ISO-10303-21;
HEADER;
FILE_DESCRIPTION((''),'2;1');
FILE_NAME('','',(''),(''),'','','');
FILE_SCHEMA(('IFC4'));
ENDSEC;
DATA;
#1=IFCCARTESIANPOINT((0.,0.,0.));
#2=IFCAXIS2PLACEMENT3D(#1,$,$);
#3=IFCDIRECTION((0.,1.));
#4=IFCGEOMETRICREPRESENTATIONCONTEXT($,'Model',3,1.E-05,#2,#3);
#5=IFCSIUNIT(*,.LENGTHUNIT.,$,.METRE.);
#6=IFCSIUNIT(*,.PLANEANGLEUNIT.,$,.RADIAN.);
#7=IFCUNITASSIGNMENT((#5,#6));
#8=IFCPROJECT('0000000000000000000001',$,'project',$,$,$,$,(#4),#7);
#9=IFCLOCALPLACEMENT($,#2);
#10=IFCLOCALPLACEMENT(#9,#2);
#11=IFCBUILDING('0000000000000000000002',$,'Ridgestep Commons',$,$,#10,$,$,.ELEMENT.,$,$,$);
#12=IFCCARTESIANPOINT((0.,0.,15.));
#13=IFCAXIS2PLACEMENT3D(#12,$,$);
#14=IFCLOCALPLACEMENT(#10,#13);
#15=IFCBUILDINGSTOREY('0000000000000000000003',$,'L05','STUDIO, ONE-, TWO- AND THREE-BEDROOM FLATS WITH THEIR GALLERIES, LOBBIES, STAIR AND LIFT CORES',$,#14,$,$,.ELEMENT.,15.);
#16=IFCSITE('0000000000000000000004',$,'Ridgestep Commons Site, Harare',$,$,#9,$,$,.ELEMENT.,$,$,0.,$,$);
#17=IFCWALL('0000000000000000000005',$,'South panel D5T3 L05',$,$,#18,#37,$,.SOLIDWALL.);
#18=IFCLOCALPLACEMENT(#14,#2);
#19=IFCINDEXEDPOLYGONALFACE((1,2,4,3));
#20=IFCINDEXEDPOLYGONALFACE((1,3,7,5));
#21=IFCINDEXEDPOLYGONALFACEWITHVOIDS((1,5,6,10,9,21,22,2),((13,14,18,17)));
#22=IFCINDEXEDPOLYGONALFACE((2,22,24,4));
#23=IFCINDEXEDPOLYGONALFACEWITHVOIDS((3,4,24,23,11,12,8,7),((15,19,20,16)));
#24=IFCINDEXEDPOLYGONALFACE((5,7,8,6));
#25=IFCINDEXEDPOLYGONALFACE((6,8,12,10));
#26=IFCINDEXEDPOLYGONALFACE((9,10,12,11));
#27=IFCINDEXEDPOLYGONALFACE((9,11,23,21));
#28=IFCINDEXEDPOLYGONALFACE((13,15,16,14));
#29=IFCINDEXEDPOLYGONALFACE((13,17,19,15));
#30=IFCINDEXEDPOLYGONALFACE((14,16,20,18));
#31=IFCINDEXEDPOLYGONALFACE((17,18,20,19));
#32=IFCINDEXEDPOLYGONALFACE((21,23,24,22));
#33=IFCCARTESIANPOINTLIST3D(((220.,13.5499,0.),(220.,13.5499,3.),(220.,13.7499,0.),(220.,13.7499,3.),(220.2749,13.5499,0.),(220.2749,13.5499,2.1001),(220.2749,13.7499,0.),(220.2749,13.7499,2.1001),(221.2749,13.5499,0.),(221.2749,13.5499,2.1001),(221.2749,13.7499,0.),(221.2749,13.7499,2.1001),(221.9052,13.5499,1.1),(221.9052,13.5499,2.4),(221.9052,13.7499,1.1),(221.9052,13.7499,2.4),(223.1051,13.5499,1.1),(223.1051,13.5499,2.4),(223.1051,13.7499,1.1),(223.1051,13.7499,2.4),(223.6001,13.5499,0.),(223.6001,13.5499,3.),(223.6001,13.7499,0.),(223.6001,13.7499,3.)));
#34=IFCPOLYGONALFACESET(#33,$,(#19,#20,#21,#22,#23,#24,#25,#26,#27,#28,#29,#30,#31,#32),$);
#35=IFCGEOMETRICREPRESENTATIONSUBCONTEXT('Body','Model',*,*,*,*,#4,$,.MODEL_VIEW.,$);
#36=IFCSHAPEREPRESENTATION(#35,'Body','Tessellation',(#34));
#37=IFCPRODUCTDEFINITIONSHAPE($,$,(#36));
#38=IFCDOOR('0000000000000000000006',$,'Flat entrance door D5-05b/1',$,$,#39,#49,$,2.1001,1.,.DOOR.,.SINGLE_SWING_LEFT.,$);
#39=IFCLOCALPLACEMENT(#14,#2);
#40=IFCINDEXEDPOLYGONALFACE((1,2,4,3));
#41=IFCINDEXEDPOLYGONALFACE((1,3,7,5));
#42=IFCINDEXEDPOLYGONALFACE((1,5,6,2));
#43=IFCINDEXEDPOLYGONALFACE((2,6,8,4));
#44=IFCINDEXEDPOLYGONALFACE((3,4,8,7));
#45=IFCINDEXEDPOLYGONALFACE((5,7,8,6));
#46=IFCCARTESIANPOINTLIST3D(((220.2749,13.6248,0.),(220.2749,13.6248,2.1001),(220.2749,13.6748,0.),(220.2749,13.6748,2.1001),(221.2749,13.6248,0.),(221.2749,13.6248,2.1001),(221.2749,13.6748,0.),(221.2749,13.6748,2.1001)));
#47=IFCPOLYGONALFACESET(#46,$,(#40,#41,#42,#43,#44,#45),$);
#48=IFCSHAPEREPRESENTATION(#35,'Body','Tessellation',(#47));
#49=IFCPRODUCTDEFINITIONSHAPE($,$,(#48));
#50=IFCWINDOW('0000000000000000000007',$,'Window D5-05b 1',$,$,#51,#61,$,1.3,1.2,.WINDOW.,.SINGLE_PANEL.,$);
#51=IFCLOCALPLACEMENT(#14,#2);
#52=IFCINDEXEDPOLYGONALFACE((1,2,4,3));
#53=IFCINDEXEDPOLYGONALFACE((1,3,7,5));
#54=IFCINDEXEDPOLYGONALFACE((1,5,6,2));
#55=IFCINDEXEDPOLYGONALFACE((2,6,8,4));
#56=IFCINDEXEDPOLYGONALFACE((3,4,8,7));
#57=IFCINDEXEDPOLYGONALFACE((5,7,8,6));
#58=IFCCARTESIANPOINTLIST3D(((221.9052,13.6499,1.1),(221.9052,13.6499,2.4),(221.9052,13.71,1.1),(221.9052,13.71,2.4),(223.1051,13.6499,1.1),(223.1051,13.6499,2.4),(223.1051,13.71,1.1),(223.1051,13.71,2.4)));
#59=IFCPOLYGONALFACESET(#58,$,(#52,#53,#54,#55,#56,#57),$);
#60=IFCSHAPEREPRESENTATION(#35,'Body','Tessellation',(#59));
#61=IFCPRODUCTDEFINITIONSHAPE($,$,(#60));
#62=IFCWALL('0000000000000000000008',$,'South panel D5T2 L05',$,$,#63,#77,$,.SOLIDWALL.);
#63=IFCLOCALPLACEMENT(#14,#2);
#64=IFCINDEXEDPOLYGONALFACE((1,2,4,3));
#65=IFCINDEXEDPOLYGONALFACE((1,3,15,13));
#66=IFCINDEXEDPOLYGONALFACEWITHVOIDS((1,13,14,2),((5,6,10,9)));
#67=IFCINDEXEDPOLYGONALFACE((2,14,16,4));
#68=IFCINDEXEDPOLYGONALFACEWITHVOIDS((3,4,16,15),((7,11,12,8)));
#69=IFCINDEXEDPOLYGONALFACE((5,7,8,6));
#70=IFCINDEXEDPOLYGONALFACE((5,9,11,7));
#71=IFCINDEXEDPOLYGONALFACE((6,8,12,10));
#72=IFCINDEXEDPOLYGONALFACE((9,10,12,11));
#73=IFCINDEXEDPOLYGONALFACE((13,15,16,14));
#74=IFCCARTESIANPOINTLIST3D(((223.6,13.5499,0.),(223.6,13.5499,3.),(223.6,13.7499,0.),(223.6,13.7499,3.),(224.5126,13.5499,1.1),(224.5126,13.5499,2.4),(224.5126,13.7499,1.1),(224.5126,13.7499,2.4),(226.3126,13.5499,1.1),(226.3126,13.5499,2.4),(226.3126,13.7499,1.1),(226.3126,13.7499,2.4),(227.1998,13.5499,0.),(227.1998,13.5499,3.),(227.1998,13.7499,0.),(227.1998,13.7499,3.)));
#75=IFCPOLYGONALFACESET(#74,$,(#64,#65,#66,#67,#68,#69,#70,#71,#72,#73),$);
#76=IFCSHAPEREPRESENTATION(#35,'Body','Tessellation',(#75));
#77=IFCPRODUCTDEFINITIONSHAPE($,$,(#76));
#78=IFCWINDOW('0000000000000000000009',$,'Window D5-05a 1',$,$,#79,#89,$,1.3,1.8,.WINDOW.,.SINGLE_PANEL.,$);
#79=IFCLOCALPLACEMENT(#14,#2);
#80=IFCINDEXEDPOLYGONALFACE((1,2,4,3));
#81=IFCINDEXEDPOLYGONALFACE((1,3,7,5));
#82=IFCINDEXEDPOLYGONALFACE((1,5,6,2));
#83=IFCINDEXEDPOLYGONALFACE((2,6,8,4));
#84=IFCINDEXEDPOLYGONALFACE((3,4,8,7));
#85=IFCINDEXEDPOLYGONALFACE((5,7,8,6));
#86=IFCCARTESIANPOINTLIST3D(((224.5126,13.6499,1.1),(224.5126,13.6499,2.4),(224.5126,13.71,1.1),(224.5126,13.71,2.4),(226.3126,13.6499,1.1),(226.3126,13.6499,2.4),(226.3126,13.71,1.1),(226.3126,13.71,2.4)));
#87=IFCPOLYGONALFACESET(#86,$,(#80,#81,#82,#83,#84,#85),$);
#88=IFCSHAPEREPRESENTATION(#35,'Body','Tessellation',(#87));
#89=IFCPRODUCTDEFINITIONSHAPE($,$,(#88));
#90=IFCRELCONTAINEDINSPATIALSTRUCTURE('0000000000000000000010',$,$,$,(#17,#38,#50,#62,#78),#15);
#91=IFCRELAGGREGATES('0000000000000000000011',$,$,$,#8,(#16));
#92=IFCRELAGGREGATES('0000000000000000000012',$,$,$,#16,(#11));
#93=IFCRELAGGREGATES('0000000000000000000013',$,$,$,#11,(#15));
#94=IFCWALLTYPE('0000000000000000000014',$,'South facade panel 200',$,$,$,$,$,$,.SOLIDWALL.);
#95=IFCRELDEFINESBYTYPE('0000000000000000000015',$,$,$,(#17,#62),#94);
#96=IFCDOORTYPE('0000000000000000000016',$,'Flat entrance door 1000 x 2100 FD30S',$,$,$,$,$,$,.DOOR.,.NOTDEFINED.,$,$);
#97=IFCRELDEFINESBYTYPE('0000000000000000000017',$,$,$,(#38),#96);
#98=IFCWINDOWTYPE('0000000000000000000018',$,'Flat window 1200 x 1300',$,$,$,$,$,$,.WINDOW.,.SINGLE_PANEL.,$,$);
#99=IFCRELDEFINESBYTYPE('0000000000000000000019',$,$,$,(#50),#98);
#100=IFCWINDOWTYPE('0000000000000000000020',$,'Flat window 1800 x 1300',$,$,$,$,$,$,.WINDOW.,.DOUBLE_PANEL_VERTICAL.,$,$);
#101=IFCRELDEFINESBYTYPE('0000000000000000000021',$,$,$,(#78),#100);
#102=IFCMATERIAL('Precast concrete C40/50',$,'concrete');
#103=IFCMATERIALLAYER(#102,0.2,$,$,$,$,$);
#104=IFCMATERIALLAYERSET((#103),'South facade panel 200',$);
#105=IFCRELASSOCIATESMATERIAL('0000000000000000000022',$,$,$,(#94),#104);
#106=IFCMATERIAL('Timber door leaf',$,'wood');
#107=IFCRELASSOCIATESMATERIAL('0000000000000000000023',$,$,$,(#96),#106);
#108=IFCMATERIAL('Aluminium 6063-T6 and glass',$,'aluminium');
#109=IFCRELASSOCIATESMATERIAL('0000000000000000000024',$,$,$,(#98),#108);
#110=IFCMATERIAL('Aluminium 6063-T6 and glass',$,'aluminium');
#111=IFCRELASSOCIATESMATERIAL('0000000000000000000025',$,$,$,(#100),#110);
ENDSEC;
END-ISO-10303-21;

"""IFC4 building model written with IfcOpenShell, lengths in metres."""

from ifc_helpers import new_model, si_unit, direction, frame, frame_2d, origin, place, context, subcontext, project, spatial, rectangle, extrude, material, layer, layer_set, type_object, element, fill, save


model = new_model("IFC4")

# Units and contexts
model_context = context("Model", 3, precision=1e-05, world=origin(), true_north=direction((0.0, 1.0)))
body_context = subcontext(model_context, "Body", "Model", "MODEL_VIEW")
ifc_project = project(units=[si_unit("LENGTHUNIT", "METRE"), si_unit("PLANEANGLEUNIT", "RADIAN")], contexts=[model_context])

# Site, building, storey
site_placement = place(None, origin())
site = spatial("IfcSite", under=ifc_project, at=site_placement, Name="Ridgestep Commons Site, Harare", CompositionType="ELEMENT", RefElevation=0.0)
building_placement = place(site_placement, origin())
building = spatial("IfcBuilding", under=site, at=building_placement, Name="Ridgestep Commons", CompositionType="ELEMENT")
storey_placement = place(building_placement, frame((0.0, 0.0, 15.0)))
storey = spatial("IfcBuildingStorey", under=building, at=storey_placement, Name="L05", Description="STUDIO, ONE-, TWO- AND THREE-BEDROOM FLATS WITH THEIR GALLERIES, LOBBIES, STAIR AND LIFT CORES", CompositionType="ELEMENT", Elevation=15.0)

# Wall, openings, door, window
ifc_material_1 = material(Name="Precast concrete C40/50", Category="concrete")
ifc_layer_1 = layer(ifc_material_1, 0.2)
ifc_layer_set_1 = layer_set([ifc_layer_1], Name="South facade panel 200")
wall_type_1 = type_object("IfcWallType", Name="South facade panel 200", PredefinedType="SOLIDWALL", material=ifc_layer_set_1)
wall_1_placement = place(storey_placement, frame((220.0, 13.6499, 0.0), z_axis=(0.0, 0.0, 1.0), x_axis=(1.0, 0.0, 0.0)))
wall_1 = element("IfcWall", 1, at=wall_1_placement, inside=storey, type_object=wall_type_1, Name="South panel D5T3 L05", PredefinedType="SOLIDWALL", context=body_context, shape_type="SweptSolid", body=[
    extrude(rectangle(XDim=3.6001, YDim=0.2, at=frame_2d((1.8, 0.0))), origin(), (0.0, 0.0, 1.0), 3.0),
])
opening_1_placement = place(wall_1_placement, frame((1.905, 0.0, 1.1001)))
opening_1 = element("IfcOpeningElement", 2, at=opening_1_placement, cuts=wall_1, PredefinedType="OPENING", context=body_context, shape_type="SweptSolid", body=[
    extrude(rectangle(XDim=1.2, YDim=1.3, at=frame_2d((0.6001, 0.6499))), frame((0.0, 0.1099, 0.0), z_axis=(0.0, -1.0, 0.0), x_axis=(1.0, 0.0, 0.0)), (0.0, 0.0, 1.0), 0.22),
])
opening_2_placement = place(wall_1_placement, frame((0.2749, 0.0, 0.0)))
opening_2 = element("IfcOpeningElement", 3, at=opening_2_placement, cuts=wall_1, PredefinedType="OPENING", context=body_context, shape_type="SweptSolid", body=[
    extrude(rectangle(XDim=1.0, YDim=2.1001, at=frame_2d((0.5, 1.05))), frame((0.0, 0.1099, 0.0), z_axis=(0.0, -1.0, 0.0), x_axis=(1.0, 0.0, 0.0)), (0.0, 0.0, 1.0), 0.22),
])
ifc_material_2 = material(Name="Timber door leaf", Category="wood")
door_type_1 = type_object("IfcDoorType", Name="Flat entrance door 1000 x 2100 FD30S", OperationType="NOTDEFINED", PredefinedType="DOOR", material=ifc_material_2)
door_1_placement = place(opening_2_placement, origin())
door_1 = element("IfcDoor", 4, at=door_1_placement, inside=storey, type_object=door_type_1, Name="Flat entrance door D5-05b/1", OperationType="SINGLE_SWING_LEFT", OverallHeight=2.1001, OverallWidth=1.0, PredefinedType="DOOR", context=body_context, shape_type="SweptSolid", body=[
    extrude(rectangle(XDim=1.0, YDim=2.1001, at=frame_2d((0.5, 1.05))), frame((0.0, 0.0249, 0.0), z_axis=(0.0, -1.0, 0.0), x_axis=(1.0, 0.0, 0.0)), (0.0, 0.0, 1.0), 0.05),
])
fill(opening_2, door_1)
ifc_material_3 = material(Name="Aluminium 6063-T6 and glass", Category="aluminium")
window_type_1 = type_object("IfcWindowType", Name="Flat window 1200 x 1300", PartitioningType="SINGLE_PANEL", PredefinedType="WINDOW", material=ifc_material_3)
window_1_placement = place(opening_1_placement, origin())
window_1 = element("IfcWindow", 5, at=window_1_placement, inside=storey, type_object=window_type_1, Name="Window D5-05b 1", OverallHeight=1.3, OverallWidth=1.2, PartitioningType="SINGLE_PANEL", PredefinedType="WINDOW", context=body_context, shape_type="SweptSolid", body=[
    extrude(rectangle(XDim=1.2, YDim=1.3, at=frame_2d((0.6001, 0.6499))), frame((0.0, 0.0601, 0.0), z_axis=(0.0, -1.0, 0.0), x_axis=(1.0, 0.0, 0.0)), (0.0, 0.0, 1.0), 0.0601),
])
fill(opening_1, window_1)

# Wall, opening, window
wall_2_placement = place(storey_placement, frame((223.6001, 13.6499, 0.0), z_axis=(0.0, 0.0, 1.0), x_axis=(1.0, 0.0, 0.0)))
wall_2 = element("IfcWall", 6, at=wall_2_placement, inside=storey, type_object=wall_type_1, Name="South panel D5T2 L05", PredefinedType="SOLIDWALL", context=body_context, shape_type="SweptSolid", body=[
    extrude(rectangle(XDim=3.5999, YDim=0.2, at=frame_2d((1.7998, 0.0))), origin(), (0.0, 0.0, 1.0), 3.0),
])
opening_3_placement = place(wall_2_placement, frame((0.9126, 0.0, 1.1001)))
opening_3 = element("IfcOpeningElement", 7, at=opening_3_placement, cuts=wall_2, PredefinedType="OPENING", context=body_context, shape_type="SweptSolid", body=[
    extrude(rectangle(XDim=1.8, YDim=1.3, at=frame_2d((0.8999, 0.6499))), frame((0.0, 0.1099, 0.0), z_axis=(0.0, -1.0, 0.0), x_axis=(1.0, 0.0, 0.0)), (0.0, 0.0, 1.0), 0.22),
])
ifc_material_4 = material(Name="Aluminium 6063-T6 and glass", Category="aluminium")
window_type_2 = type_object("IfcWindowType", Name="Flat window 1800 x 1300", PartitioningType="DOUBLE_PANEL_VERTICAL", PredefinedType="WINDOW", material=ifc_material_4)
window_2_placement = place(opening_3_placement, origin())
window_2 = element("IfcWindow", 8, at=window_2_placement, inside=storey, type_object=window_type_2, Name="Window D5-05a 1", OverallHeight=1.3, OverallWidth=1.8, PartitioningType="SINGLE_PANEL", PredefinedType="WINDOW", context=body_context, shape_type="SweptSolid", body=[
    extrude(rectangle(XDim=1.8, YDim=1.3, at=frame_2d((0.8999, 0.6499))), frame((0.0, 0.0601, 0.0), z_axis=(0.0, -1.0, 0.0), x_axis=(1.0, 0.0, 0.0)), (0.0, 0.0, 1.0), 0.0601),
])
fill(opening_3, window_2)

save(model, "model.ifc")
